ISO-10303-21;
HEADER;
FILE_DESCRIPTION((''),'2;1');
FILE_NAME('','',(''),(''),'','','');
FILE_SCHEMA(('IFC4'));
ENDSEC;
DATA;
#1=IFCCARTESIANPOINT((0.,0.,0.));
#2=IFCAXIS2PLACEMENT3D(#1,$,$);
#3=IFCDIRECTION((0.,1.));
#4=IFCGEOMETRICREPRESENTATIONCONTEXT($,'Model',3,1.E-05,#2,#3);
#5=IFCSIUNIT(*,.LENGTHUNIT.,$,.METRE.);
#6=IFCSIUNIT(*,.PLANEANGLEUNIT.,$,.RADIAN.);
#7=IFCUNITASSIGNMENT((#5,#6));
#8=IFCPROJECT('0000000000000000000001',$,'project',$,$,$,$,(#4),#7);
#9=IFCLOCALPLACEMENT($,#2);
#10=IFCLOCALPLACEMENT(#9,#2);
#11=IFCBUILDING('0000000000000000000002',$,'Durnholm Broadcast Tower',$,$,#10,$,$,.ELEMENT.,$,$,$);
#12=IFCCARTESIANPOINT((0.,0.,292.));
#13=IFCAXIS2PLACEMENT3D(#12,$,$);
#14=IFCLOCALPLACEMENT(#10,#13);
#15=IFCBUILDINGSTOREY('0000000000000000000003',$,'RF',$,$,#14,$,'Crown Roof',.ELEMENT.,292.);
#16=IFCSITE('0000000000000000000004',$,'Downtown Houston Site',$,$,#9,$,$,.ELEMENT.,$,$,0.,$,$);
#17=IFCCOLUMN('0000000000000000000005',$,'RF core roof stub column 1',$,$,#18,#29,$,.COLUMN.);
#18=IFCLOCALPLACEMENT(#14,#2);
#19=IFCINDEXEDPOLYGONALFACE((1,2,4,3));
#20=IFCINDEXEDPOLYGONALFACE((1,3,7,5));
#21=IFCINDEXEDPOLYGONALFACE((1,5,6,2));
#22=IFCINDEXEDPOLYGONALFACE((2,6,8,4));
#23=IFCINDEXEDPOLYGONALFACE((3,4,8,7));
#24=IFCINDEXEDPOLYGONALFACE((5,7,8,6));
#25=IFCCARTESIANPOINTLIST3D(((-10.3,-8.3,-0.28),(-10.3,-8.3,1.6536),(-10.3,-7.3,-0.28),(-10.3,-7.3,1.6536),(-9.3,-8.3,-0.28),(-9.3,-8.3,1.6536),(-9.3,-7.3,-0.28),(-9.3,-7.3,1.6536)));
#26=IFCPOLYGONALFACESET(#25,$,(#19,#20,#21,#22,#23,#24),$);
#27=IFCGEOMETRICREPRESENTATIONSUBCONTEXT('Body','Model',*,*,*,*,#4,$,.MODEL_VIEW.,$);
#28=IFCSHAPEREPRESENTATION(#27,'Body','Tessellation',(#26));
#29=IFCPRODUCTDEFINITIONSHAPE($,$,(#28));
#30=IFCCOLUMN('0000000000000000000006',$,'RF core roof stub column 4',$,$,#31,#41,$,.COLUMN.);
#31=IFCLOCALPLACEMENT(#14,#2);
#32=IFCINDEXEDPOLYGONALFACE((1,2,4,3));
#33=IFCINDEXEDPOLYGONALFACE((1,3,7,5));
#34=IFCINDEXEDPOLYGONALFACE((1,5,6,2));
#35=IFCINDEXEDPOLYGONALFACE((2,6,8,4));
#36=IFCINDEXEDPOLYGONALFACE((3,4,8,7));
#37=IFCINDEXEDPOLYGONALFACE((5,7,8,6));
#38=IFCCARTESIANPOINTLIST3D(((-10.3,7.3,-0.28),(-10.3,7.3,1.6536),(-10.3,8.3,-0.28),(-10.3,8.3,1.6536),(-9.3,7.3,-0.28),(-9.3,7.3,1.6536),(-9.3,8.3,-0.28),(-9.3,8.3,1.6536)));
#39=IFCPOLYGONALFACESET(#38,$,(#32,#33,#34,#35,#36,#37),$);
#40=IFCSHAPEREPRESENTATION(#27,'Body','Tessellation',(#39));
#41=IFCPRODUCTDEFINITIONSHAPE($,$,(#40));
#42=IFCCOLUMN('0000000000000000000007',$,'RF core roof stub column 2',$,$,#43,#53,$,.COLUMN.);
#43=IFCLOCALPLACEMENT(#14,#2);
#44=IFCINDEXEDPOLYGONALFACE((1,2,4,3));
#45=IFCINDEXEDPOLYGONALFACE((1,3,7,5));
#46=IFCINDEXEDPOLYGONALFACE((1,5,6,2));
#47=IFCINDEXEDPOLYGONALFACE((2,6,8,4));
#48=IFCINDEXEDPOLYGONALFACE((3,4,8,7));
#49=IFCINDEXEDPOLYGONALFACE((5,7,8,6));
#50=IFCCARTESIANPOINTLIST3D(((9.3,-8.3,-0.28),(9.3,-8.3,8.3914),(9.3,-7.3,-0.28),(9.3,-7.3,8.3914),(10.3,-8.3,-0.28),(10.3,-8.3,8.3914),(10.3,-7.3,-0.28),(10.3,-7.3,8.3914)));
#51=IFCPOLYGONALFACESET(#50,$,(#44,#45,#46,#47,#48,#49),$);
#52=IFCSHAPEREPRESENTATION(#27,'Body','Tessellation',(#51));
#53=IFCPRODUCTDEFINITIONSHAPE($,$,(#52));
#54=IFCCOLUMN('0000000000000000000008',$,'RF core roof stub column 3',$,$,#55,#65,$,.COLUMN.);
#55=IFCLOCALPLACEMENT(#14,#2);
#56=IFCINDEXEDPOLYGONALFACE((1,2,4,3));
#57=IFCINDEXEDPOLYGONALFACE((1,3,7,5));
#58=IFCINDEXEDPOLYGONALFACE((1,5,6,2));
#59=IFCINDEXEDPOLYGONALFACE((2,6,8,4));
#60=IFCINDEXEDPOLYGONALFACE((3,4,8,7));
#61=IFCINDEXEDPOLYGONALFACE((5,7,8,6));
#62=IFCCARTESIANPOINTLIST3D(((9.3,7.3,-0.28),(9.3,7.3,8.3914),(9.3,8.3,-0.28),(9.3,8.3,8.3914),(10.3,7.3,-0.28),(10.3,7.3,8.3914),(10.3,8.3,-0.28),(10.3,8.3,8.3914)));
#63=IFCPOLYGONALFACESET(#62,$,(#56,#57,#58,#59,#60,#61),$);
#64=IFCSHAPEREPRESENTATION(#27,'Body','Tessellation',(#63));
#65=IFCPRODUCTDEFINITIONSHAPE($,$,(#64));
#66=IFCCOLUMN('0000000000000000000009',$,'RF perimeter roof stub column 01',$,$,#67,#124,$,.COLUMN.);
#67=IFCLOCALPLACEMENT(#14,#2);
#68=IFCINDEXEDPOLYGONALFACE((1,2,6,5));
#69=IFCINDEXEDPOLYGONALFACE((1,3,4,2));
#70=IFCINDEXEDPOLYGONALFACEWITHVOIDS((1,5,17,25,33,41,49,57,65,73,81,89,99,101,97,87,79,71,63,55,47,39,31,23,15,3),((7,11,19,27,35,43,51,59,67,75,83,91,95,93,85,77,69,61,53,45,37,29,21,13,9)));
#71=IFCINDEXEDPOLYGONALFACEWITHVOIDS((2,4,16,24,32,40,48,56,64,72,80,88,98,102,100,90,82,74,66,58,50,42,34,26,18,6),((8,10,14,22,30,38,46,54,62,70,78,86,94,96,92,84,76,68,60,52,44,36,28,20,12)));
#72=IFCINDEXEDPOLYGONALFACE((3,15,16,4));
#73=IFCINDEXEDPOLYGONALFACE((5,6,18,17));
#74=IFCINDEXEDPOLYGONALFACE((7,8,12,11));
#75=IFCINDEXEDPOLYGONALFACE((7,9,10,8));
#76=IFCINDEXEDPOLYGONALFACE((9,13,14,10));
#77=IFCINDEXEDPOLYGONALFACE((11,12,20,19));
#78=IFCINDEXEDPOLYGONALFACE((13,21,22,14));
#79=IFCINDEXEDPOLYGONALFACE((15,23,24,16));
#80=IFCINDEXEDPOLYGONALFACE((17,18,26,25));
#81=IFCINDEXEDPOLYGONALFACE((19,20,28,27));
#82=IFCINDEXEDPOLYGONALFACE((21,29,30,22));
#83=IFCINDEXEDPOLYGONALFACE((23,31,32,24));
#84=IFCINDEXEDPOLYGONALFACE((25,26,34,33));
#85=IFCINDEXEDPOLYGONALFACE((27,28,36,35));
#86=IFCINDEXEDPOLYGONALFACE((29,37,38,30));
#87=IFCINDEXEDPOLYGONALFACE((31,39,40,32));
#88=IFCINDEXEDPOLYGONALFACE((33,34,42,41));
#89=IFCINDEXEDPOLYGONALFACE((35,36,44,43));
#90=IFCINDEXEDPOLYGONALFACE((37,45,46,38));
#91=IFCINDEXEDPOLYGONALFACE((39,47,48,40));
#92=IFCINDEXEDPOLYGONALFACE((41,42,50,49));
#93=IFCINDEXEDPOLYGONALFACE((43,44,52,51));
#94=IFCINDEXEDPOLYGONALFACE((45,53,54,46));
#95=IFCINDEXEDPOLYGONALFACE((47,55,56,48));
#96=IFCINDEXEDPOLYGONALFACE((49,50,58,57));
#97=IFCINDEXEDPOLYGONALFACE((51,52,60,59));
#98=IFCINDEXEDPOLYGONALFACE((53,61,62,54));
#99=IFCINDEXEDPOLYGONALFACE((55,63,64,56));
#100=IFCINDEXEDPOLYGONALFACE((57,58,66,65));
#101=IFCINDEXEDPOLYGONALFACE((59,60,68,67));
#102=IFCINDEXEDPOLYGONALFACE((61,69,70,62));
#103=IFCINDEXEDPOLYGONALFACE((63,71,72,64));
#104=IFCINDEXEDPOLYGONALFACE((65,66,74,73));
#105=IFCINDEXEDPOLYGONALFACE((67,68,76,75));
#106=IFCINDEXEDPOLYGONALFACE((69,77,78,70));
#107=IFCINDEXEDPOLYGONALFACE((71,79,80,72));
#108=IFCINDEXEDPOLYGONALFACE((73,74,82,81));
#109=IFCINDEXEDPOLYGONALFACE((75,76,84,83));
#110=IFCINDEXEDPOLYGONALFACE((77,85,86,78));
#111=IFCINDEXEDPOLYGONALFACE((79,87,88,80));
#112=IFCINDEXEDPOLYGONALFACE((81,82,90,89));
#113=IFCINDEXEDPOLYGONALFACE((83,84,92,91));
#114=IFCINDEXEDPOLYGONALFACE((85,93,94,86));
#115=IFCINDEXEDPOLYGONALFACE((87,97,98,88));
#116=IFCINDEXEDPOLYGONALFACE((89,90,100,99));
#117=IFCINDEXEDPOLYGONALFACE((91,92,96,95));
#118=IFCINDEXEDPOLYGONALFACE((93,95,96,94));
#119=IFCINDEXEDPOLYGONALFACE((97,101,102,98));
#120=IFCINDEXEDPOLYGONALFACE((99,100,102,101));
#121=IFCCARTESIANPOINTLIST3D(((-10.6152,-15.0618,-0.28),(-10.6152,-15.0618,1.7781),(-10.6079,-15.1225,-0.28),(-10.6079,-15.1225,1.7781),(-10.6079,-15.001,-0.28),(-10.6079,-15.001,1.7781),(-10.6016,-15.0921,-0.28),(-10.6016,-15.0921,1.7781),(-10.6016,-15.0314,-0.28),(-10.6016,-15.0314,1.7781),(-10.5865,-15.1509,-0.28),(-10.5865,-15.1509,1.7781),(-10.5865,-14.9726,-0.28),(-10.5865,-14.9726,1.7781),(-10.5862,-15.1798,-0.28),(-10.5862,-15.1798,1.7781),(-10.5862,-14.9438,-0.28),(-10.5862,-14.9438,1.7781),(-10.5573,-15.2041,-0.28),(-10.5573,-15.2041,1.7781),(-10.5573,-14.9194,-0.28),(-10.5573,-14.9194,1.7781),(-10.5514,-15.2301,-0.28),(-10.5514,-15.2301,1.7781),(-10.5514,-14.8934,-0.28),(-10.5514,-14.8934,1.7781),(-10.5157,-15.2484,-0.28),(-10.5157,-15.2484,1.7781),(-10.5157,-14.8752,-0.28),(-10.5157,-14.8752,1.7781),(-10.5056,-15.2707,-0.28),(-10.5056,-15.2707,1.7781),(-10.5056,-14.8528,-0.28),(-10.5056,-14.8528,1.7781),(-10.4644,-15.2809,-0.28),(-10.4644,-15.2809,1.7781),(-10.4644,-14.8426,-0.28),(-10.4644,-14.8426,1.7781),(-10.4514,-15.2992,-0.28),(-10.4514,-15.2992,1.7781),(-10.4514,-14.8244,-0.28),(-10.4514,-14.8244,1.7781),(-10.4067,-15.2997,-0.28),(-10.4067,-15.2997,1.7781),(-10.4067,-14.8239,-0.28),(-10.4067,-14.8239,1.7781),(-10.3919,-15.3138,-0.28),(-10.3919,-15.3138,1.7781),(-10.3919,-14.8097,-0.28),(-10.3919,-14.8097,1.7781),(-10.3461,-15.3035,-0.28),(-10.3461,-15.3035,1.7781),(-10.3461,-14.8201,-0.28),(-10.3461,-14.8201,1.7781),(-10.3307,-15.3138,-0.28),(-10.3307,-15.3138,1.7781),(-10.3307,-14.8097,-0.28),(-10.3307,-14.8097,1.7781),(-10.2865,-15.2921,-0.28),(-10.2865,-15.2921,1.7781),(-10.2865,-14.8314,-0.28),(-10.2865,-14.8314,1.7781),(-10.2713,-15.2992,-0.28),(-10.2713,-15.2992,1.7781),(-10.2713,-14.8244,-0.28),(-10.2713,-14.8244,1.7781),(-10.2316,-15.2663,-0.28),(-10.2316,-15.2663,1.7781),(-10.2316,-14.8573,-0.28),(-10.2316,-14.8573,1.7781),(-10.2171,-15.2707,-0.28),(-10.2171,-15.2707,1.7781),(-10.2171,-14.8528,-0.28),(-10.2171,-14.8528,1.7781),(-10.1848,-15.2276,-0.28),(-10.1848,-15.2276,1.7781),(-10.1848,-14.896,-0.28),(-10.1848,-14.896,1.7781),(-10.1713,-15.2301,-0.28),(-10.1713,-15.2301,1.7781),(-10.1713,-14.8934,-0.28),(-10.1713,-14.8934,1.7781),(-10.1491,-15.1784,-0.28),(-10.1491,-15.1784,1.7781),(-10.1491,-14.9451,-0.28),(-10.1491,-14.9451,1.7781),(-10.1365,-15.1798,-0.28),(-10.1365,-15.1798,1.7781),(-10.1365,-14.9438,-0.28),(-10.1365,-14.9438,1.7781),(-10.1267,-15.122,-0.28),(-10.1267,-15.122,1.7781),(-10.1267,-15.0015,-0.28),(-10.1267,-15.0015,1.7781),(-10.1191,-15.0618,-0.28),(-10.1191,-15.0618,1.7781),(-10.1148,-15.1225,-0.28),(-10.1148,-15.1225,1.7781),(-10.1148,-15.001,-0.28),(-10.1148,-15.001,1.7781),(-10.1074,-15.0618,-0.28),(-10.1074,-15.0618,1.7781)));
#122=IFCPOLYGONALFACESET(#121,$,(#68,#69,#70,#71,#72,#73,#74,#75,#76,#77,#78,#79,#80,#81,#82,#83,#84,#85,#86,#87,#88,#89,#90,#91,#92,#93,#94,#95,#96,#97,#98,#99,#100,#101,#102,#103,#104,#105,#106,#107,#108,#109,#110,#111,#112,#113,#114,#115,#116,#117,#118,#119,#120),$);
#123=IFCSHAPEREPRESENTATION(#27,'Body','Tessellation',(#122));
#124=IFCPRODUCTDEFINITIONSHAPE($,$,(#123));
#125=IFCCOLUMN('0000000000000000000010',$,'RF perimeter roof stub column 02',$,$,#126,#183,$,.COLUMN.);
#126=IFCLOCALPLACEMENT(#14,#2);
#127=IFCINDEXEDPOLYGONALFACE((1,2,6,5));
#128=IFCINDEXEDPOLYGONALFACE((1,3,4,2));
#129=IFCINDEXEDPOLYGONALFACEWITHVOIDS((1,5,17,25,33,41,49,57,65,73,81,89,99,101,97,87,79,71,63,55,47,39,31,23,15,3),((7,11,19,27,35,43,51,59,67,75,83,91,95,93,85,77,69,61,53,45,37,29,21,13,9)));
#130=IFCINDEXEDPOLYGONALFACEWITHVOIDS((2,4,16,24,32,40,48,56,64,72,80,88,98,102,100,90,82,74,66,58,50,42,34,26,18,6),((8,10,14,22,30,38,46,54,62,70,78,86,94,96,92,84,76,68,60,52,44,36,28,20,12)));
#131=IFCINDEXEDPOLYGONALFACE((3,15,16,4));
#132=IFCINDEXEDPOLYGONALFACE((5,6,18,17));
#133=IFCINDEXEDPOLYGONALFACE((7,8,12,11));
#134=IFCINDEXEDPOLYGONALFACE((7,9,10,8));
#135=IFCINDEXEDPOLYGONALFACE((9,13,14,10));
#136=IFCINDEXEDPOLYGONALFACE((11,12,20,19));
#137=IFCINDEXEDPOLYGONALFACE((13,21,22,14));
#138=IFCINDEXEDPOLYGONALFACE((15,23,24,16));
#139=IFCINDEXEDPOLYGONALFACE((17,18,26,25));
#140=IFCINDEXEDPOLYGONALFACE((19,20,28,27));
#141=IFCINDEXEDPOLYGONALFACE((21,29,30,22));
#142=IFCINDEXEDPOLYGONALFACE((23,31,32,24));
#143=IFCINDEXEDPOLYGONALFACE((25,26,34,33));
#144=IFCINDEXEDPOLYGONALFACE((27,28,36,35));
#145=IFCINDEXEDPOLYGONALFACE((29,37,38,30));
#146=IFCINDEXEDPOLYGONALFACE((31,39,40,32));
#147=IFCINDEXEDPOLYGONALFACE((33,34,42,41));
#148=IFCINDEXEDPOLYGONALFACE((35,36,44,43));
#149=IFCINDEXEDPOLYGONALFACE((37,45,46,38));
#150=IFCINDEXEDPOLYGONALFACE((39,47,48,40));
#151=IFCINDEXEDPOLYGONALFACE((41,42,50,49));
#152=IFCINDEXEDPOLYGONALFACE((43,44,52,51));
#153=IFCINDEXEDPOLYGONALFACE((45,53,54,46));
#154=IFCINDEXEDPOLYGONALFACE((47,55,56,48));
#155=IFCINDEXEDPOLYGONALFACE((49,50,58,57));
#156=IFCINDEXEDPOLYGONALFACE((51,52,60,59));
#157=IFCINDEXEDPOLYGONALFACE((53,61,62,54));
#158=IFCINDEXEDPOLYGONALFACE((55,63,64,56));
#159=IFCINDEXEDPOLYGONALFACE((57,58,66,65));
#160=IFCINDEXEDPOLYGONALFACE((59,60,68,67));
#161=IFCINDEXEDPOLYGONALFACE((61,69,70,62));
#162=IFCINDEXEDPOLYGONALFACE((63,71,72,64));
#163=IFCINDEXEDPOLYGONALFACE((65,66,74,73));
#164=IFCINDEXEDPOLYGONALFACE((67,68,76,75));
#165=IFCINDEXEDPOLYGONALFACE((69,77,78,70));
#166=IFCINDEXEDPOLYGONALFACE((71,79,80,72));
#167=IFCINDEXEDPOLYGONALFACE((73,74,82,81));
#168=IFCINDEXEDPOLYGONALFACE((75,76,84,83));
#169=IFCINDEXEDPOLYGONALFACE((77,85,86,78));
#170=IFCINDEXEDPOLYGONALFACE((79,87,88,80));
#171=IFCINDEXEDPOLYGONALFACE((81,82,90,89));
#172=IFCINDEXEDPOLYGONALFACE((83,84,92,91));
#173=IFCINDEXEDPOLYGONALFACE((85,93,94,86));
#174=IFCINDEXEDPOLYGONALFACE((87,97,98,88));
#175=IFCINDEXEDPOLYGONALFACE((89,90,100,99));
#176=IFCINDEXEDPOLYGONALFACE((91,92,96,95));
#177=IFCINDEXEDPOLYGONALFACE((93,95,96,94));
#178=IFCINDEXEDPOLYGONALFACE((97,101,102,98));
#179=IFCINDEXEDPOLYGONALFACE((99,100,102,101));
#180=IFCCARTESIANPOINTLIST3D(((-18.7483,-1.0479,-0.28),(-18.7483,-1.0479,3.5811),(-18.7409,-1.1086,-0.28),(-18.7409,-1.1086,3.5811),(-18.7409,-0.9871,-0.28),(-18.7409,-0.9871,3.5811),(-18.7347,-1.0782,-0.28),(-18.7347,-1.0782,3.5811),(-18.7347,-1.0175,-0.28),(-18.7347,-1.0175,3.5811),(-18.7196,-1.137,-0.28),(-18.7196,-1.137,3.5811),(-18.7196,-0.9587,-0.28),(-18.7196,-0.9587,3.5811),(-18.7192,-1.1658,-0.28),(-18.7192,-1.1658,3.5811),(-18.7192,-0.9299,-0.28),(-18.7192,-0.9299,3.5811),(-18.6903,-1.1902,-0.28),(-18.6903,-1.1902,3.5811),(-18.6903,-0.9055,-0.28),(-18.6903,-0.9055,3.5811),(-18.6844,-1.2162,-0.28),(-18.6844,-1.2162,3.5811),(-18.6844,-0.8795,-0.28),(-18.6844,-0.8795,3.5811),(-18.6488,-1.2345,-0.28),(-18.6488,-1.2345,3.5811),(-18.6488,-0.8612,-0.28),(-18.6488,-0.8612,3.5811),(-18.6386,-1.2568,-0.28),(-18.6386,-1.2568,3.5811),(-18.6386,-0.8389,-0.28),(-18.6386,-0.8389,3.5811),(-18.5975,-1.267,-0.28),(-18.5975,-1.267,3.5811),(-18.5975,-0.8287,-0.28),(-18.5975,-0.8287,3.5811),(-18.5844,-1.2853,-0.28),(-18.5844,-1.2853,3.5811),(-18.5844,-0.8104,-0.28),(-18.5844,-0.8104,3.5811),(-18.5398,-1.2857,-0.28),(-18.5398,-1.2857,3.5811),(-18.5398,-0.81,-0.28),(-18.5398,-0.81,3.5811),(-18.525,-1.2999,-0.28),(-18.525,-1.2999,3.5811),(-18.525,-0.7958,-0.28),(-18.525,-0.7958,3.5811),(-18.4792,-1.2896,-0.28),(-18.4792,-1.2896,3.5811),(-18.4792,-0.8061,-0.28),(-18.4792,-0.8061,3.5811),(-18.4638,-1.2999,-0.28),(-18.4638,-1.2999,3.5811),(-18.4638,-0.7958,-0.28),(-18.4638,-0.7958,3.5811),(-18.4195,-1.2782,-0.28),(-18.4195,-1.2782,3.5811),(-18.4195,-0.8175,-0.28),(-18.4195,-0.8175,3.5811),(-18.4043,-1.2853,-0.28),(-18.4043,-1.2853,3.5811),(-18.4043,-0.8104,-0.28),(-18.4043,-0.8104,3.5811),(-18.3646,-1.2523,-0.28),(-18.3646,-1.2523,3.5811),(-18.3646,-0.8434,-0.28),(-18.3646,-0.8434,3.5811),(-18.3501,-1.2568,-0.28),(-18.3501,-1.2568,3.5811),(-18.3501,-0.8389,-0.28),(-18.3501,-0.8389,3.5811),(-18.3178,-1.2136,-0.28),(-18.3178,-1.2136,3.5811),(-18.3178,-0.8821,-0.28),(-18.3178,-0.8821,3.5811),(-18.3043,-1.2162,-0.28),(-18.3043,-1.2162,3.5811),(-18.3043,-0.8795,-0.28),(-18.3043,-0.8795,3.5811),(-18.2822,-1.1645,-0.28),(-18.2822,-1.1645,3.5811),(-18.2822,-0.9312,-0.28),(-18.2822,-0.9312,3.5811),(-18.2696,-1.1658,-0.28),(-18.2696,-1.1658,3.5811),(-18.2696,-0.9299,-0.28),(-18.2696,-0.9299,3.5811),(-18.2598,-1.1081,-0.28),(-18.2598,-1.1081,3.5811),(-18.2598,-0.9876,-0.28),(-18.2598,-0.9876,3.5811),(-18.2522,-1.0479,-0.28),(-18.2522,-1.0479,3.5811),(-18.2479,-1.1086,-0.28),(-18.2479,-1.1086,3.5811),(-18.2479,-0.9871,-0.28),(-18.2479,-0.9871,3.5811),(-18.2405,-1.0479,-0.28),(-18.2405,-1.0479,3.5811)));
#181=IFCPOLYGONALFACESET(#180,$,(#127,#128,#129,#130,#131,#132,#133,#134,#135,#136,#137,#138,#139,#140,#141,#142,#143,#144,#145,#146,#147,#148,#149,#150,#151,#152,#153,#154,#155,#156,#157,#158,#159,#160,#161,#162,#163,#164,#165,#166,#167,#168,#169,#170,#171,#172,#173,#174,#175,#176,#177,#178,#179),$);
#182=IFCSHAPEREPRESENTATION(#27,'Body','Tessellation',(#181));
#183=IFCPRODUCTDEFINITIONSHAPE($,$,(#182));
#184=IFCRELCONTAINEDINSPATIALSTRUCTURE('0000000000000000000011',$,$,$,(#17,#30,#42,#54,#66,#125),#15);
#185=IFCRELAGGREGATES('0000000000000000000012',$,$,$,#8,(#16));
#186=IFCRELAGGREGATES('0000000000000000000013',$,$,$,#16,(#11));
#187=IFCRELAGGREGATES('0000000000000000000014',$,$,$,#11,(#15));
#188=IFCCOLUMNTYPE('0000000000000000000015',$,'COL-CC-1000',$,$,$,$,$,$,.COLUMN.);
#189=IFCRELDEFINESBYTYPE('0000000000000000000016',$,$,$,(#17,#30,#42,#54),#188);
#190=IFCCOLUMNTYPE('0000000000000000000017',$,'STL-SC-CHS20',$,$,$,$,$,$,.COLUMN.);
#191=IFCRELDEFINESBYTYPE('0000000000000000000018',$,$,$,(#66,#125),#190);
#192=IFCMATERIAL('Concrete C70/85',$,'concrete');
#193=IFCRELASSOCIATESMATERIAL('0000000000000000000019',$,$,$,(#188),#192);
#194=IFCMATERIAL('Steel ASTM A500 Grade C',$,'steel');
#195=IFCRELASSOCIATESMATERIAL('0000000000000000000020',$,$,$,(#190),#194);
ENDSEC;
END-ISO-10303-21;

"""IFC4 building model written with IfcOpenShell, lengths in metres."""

from ifc_helpers import new_model, si_unit, direction, frame, origin, origin_2d, place, context, subcontext, project, spatial, rectangle, hollow_circle, extrude, source, transform, mapped, material, material_profile, profile_set, type_object, type_shapes, element, save


model = new_model("IFC4")

# Units and contexts
model_context = context("Model", 3, precision=1e-05, world=origin(), true_north=direction((0.0, 1.0)))
body_context = subcontext(model_context, "Body", "Model", "MODEL_VIEW")
ifc_project = project(units=[si_unit("LENGTHUNIT", "METRE"), si_unit("PLANEANGLEUNIT", "RADIAN")], contexts=[model_context])

# Site, building, storey
site_placement = place(None, origin())
site = spatial("IfcSite", under=ifc_project, at=site_placement, Name="Downtown Houston Site", CompositionType="ELEMENT", RefElevation=0.0)
building_placement = place(site_placement, origin())
building = spatial("IfcBuilding", under=site, at=building_placement, Name="Durnholm Broadcast Tower", CompositionType="ELEMENT")
storey_placement = place(building_placement, frame((0.0, 0.0, 292.0)))
storey = spatial("IfcBuildingStorey", under=building, at=storey_placement, Name="RF", LongName="Crown Roof", CompositionType="ELEMENT", Elevation=292.0)

# Columns
ifc_material_1 = material(Name="Concrete C70/85", Category="concrete")
ifc_material_profile_1 = material_profile(ifc_material_1, rectangle(XDim=1.0, YDim=1.0, at=origin_2d()), Name="RC1000X1000")
ifc_profile_set_1 = profile_set([ifc_material_profile_1], Name="Concrete C70/85")
column_type_1 = type_object("IfcColumnType", Name="COL-CC-1000", PredefinedType="COLUMN", material=ifc_profile_set_1)
shared_shape_1 = source(origin(), body_context, "Body", "SweptSolid", [
    extrude(rectangle(XDim=1.0, YDim=1.0, at=origin_2d()), origin(), (0.0, 0.0, 1.0), 1.9336),
])
for number, where, z_axis, x_axis, name in (
    (1, (-9.8, -7.8, -0.28), (0.0, 0.0, 1.0), (1.0, 0.0, 0.0), "RF core roof stub column 1"),
    (2, (-9.8, 7.8, -0.28), (0.0, 0.0, 1.0), (1.0, 0.0, 0.0), "RF core roof stub column 4"),
):
    element("IfcColumn", number, at=place(storey_placement, frame(where, z_axis=z_axis, x_axis=x_axis)), inside=storey, type_object=column_type_1, Name=name, PredefinedType="COLUMN", context=body_context, shape_type="MappedRepresentation", body=[
        mapped(shared_shape_1, transform((0.0, 0.0, 0.0), x_axis=(1.0, 0.0, 0.0), y_axis=(0.0, 1.0, 0.0), z_axis=(0.0, 0.0, 1.0), scale=1.0)),
    ])
shared_shape_2 = source(origin(), body_context, "Body", "SweptSolid", [
    extrude(rectangle(XDim=1.0, YDim=1.0, at=origin_2d()), origin(), (0.0, 0.0, 1.0), 8.6714),
])
type_shapes(column_type_1, [shared_shape_1, shared_shape_2])
for number, where, z_axis, x_axis, name in (
    (3, (9.8, -7.8, -0.28), (0.0, 0.0, 1.0), (1.0, 0.0, 0.0), "RF core roof stub column 2"),
    (4, (9.8, 7.8, -0.28), (0.0, 0.0, 1.0), (1.0, 0.0, 0.0), "RF core roof stub column 3"),
):
    element("IfcColumn", number, at=place(storey_placement, frame(where, z_axis=z_axis, x_axis=x_axis)), inside=storey, type_object=column_type_1, Name=name, PredefinedType="COLUMN", context=body_context, shape_type="MappedRepresentation", body=[
        mapped(shared_shape_2, transform((0.0, 0.0, 0.0), x_axis=(1.0, 0.0, 0.0), y_axis=(0.0, 1.0, 0.0), z_axis=(0.0, 0.0, 1.0), scale=1.0)),
    ])
ifc_material_2 = material(Name="Steel ASTM A500 Grade C", Category="steel")
ifc_material_profile_2 = material_profile(ifc_material_2, hollow_circle(Radius=0.2539, WallThickness=0.0117, at=origin_2d()), Name="HSS20.000X0.500")
ifc_profile_set_2 = profile_set([ifc_material_profile_2], Name="Steel ASTM A500 Grade C")
column_type_2 = type_object("IfcColumnType", Name="STL-SC-CHS20", PredefinedType="COLUMN", material=ifc_profile_set_2)
shared_shape_3 = source(origin(), body_context, "Body", "SweptSolid", [
    extrude(hollow_circle(Radius=0.2539, WallThickness=0.0117, at=origin_2d()), origin(), (0.0, 0.0, 1.0), 2.0581),
])
column_1_placement = place(storey_placement, frame((-10.3613, -15.0618, -0.28), z_axis=(0.0, 0.0, 1.0), x_axis=(1.0, 0.0, 0.0)))
element("IfcColumn", 5, at=column_1_placement, inside=storey, type_object=column_type_2, Name="RF perimeter roof stub column 01", PredefinedType="COLUMN", context=body_context, shape_type="MappedRepresentation", body=[
    mapped(shared_shape_3, transform((0.0, 0.0, 0.0), x_axis=(1.0, 0.0, 0.0), y_axis=(0.0, 1.0, 0.0), z_axis=(0.0, 0.0, 1.0), scale=1.0)),
])
shared_shape_4 = source(origin(), body_context, "Body", "SweptSolid", [
    extrude(hollow_circle(Radius=0.2539, WallThickness=0.0117, at=origin_2d()), origin(), (0.0, 0.0, 1.0), 3.8611),
])
column_2_placement = place(storey_placement, frame((-18.4944, -1.0479, -0.28), z_axis=(0.0, 0.0, 1.0), x_axis=(1.0, 0.0, 0.0)))
element("IfcColumn", 6, at=column_2_placement, inside=storey, type_object=column_type_2, Name="RF perimeter roof stub column 02", PredefinedType="COLUMN", context=body_context, shape_type="MappedRepresentation", body=[
    mapped(shared_shape_4, transform((0.0, 0.0, 0.0), x_axis=(1.0, 0.0, 0.0), y_axis=(0.0, 1.0, 0.0), z_axis=(0.0, 0.0, 1.0), scale=1.0)),
])

save(model, "model.ifc")
